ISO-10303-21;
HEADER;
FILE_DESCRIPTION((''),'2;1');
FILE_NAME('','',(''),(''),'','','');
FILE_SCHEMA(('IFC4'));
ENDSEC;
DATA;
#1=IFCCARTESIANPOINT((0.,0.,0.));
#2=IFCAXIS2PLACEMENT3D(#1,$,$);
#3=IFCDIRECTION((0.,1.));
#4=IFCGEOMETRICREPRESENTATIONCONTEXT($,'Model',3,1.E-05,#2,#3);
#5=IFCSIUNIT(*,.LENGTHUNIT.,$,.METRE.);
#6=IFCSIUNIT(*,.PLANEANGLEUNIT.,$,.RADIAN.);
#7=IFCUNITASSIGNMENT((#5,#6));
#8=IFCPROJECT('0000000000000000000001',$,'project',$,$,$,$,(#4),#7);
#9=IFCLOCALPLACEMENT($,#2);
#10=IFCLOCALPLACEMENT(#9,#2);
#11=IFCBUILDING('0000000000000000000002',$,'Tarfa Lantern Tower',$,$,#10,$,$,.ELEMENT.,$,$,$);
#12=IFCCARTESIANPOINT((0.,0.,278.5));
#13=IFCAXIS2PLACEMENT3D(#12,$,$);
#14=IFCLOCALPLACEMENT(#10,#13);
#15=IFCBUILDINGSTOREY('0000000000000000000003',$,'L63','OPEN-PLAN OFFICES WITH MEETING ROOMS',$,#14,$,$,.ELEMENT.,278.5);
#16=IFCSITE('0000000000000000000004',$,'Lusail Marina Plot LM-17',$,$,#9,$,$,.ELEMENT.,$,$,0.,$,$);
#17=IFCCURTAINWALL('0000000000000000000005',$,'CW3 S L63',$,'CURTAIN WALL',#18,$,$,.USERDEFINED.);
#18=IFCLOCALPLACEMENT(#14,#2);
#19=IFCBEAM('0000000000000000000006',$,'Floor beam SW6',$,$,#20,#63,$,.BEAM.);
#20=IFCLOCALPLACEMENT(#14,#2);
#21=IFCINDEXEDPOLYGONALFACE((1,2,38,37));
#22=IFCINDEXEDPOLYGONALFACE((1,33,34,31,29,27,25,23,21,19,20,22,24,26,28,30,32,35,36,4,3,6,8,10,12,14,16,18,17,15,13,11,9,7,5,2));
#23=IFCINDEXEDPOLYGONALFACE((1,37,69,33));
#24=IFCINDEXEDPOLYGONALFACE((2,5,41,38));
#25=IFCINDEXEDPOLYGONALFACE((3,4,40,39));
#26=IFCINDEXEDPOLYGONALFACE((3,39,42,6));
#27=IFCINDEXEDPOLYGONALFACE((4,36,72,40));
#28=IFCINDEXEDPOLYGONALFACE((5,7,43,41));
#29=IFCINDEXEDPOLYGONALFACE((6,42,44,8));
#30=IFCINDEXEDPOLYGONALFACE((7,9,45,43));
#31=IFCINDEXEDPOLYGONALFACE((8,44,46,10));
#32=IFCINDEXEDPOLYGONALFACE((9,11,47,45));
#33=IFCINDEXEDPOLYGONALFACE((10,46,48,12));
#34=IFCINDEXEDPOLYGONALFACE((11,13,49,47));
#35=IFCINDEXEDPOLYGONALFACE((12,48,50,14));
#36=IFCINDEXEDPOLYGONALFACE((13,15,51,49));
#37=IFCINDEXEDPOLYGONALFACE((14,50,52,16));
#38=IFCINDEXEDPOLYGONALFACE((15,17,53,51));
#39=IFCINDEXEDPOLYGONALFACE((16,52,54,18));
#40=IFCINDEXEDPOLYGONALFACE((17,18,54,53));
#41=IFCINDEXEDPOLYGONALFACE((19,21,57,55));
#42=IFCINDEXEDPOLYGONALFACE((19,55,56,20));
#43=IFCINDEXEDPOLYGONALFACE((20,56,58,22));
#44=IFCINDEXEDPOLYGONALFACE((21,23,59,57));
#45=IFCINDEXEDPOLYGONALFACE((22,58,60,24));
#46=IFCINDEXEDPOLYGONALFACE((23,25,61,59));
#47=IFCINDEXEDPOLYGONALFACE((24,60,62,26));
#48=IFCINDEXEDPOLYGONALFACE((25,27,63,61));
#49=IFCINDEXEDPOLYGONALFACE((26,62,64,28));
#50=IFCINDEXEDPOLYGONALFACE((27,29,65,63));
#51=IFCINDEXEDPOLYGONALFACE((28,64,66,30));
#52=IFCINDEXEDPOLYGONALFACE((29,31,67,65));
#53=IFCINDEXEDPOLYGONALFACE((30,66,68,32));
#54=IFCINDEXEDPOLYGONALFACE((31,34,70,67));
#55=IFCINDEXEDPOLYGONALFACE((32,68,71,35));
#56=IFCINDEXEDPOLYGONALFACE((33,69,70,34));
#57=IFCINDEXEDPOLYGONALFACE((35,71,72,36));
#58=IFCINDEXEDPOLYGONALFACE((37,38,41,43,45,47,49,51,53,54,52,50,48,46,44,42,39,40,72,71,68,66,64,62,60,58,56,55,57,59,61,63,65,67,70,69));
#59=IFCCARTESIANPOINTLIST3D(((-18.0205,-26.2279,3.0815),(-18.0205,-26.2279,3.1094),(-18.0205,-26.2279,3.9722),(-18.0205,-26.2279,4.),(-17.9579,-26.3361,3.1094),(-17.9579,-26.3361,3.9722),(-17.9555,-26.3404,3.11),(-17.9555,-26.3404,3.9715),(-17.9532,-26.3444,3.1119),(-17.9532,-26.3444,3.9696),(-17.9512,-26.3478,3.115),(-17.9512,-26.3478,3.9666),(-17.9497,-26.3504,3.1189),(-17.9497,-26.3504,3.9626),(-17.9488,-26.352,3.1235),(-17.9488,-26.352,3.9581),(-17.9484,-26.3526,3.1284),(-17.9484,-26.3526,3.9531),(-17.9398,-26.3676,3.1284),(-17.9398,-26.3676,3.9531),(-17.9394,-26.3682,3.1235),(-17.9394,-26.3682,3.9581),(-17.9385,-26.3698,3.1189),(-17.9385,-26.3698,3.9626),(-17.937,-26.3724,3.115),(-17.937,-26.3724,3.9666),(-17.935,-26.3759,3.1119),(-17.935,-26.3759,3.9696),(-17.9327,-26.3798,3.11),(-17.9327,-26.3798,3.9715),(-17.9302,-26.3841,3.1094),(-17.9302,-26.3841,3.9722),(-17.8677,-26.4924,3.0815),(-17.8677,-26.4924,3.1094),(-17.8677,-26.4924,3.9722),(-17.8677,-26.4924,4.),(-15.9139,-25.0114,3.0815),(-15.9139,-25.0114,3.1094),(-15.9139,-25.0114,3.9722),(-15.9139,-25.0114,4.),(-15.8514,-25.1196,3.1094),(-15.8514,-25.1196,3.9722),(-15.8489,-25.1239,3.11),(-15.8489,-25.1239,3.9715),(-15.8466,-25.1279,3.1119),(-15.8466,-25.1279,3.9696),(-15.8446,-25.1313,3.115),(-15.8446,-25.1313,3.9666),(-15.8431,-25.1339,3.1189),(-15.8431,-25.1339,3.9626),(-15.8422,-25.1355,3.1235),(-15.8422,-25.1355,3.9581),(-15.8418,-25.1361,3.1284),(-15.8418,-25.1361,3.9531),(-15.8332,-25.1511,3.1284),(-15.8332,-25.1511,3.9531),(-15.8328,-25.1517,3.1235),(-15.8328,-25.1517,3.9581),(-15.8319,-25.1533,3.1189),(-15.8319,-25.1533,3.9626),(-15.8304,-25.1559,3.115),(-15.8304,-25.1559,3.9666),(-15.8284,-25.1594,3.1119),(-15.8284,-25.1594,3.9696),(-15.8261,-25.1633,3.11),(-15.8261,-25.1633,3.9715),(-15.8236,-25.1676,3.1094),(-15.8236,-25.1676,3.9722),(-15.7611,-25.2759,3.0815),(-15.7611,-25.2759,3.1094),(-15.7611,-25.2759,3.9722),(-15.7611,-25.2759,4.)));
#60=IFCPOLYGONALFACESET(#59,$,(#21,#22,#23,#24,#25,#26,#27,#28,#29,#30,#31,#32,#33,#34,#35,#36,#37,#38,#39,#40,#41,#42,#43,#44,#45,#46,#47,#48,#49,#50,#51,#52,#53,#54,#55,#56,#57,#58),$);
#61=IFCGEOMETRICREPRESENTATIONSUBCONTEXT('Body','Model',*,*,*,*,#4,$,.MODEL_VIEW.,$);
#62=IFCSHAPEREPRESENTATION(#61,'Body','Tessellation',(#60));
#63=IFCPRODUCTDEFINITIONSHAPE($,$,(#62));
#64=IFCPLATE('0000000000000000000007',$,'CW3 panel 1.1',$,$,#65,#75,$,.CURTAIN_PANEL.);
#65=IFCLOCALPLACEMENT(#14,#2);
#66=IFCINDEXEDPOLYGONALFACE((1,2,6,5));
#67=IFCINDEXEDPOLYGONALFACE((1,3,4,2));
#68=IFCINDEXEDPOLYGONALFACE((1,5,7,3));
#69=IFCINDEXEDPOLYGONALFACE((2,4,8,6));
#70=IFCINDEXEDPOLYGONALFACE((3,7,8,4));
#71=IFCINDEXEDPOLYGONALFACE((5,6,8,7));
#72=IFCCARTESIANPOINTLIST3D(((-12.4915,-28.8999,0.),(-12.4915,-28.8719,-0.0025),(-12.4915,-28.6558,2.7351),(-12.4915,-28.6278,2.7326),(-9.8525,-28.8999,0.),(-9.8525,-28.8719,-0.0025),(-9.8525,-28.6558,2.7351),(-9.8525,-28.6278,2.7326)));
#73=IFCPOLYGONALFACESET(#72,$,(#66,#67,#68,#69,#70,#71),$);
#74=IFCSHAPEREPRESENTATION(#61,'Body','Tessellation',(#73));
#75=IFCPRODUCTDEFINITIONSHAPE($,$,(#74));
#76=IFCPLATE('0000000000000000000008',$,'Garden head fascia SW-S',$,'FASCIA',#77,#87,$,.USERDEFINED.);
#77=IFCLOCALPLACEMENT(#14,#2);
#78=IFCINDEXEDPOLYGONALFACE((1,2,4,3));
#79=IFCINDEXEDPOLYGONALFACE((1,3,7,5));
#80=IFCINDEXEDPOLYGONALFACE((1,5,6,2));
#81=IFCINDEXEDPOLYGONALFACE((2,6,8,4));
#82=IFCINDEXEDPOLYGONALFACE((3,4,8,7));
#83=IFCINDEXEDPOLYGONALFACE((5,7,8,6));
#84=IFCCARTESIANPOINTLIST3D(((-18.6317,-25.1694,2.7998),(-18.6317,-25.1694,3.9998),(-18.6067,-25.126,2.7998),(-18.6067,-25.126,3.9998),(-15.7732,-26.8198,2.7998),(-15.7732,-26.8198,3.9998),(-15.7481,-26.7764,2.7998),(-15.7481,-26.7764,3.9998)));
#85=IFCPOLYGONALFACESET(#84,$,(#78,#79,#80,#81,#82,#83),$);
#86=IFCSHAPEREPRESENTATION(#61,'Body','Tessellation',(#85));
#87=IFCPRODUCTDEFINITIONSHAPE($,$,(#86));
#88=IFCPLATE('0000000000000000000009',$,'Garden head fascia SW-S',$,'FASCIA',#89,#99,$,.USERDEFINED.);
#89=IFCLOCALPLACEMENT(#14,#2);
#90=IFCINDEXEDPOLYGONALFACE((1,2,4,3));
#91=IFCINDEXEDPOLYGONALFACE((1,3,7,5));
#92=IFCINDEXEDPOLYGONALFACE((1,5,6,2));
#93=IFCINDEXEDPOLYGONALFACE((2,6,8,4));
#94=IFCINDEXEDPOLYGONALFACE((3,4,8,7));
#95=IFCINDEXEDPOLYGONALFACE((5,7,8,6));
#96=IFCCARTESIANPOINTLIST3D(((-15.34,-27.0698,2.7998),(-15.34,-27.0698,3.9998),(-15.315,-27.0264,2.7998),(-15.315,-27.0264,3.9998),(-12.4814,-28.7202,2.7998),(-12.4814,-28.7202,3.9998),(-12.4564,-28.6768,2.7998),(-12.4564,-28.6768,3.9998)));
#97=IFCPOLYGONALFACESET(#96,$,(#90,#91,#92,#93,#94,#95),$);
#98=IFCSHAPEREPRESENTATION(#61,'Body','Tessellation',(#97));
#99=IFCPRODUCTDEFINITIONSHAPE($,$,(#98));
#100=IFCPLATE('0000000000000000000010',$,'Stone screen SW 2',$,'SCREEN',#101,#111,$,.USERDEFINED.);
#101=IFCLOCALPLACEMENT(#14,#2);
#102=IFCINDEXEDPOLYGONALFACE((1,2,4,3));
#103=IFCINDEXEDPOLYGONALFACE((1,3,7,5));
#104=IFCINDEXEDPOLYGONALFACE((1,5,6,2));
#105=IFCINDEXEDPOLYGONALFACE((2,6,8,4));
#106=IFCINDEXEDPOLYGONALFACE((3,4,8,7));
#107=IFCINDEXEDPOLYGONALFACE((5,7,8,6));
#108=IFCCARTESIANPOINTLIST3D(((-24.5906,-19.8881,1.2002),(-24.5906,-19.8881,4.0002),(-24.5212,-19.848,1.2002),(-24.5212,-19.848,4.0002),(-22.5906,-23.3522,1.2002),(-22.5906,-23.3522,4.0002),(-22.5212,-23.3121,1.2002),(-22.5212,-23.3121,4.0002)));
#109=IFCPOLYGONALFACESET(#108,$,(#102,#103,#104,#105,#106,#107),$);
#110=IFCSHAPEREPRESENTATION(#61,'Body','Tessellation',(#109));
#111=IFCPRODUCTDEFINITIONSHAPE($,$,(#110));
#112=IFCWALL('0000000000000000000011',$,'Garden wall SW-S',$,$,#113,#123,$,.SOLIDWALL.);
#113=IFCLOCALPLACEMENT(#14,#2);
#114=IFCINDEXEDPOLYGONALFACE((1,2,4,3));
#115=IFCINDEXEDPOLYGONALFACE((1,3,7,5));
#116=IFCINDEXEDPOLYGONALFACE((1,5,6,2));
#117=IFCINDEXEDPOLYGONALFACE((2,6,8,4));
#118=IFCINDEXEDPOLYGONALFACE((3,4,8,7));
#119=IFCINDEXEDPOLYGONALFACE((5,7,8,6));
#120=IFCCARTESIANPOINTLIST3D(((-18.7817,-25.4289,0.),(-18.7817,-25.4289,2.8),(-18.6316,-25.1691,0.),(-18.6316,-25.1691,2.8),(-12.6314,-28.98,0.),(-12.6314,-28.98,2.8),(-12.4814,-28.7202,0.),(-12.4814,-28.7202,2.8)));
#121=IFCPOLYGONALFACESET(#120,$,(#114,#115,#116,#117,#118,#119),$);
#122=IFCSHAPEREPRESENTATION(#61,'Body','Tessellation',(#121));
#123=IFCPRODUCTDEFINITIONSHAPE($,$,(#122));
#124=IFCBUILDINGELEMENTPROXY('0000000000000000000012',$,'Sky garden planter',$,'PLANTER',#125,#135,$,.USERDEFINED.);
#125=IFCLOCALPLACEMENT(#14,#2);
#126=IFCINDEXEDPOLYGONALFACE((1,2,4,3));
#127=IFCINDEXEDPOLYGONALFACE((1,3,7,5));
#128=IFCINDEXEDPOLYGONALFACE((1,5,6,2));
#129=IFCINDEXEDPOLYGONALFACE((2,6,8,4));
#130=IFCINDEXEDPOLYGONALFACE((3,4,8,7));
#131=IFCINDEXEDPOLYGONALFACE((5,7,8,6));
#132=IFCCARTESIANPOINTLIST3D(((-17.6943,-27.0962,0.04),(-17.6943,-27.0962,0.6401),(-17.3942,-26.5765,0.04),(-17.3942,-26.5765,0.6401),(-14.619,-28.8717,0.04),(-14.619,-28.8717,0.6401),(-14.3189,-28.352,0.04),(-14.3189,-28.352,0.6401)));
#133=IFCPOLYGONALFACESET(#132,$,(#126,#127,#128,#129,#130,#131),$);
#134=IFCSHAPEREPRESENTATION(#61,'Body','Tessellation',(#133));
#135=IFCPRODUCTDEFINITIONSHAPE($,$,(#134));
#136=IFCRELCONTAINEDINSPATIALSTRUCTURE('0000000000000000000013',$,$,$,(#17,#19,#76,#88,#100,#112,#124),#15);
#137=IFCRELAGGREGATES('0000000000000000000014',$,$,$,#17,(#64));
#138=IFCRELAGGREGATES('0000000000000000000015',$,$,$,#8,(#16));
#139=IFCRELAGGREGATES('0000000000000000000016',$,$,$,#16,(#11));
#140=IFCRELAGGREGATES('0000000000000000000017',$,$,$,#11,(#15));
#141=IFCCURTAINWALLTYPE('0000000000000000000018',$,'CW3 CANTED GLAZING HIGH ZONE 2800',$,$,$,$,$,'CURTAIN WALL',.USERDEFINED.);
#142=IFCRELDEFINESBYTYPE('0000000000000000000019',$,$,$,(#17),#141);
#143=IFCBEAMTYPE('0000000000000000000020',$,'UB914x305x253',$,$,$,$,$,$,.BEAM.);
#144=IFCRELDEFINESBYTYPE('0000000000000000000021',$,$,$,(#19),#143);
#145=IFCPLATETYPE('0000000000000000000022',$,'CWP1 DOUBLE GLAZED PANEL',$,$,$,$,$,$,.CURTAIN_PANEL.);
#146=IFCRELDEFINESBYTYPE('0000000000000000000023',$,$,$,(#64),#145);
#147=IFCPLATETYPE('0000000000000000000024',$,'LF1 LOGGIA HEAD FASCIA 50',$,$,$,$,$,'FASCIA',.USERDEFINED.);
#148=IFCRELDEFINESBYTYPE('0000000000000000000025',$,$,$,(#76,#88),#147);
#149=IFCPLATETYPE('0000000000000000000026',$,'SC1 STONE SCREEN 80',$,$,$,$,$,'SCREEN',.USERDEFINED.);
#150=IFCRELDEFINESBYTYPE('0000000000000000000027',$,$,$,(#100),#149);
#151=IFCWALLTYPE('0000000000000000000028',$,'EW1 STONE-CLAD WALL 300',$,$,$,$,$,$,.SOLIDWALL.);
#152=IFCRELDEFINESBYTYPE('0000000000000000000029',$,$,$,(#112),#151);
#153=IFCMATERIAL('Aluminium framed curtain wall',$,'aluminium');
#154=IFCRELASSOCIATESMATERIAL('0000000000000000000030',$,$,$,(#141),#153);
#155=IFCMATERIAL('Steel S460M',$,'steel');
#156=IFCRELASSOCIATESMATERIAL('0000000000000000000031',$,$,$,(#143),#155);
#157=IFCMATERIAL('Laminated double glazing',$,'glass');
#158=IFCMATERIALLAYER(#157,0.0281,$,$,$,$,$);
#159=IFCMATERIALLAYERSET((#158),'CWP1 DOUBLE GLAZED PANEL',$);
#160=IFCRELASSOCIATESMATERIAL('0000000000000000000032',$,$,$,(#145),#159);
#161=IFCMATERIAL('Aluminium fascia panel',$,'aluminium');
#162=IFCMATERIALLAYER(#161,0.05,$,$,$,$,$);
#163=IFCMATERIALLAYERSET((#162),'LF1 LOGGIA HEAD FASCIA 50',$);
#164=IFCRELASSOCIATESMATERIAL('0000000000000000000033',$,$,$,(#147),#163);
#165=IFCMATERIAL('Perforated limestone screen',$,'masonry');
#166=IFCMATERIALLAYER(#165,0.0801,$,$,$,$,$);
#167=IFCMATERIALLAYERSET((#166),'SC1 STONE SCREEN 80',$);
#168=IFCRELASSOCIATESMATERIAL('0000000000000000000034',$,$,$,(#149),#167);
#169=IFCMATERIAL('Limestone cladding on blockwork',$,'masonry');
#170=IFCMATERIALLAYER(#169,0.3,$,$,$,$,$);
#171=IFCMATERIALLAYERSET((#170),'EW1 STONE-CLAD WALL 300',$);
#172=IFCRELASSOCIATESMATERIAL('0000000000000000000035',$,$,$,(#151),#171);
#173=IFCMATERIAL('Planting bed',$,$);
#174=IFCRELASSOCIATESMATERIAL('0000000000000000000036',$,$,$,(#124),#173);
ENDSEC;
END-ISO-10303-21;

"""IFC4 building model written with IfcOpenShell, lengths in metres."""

from ifc_helpers import new_model, si_unit, direction, frame, frame_2d, origin, origin_2d, place, context, subcontext, project, spatial, polyline, rectangle, i_section, outline, extrude, material, layer, layer_set, material_profile, profile_set, type_object, element, aggregate, save


model = new_model("IFC4")

# Units and contexts
model_context = context("Model", 3, precision=1e-05, world=origin(), true_north=direction((0.0, 1.0)))
body_context = subcontext(model_context, "Body", "Model", "MODEL_VIEW")
ifc_project = project(units=[si_unit("LENGTHUNIT", "METRE"), si_unit("PLANEANGLEUNIT", "RADIAN")], contexts=[model_context])

# Site, building, storey
site_placement = place(None, origin())
site = spatial("IfcSite", under=ifc_project, at=site_placement, Name="Lusail Marina Plot LM-17", CompositionType="ELEMENT", RefElevation=0.0)
building_placement = place(site_placement, origin())
building = spatial("IfcBuilding", under=site, at=building_placement, Name="Tarfa Lantern Tower", CompositionType="ELEMENT")
storey_placement = place(building_placement, frame((0.0, 0.0, 278.5)))
storey = spatial("IfcBuildingStorey", under=building, at=storey_placement, Name="L63", Description="OPEN-PLAN OFFICES WITH MEETING ROOMS", CompositionType="ELEMENT", Elevation=278.5)

# Curtain wall
ifc_material_1 = material(Name="Aluminium framed curtain wall", Category="aluminium")
curtain_wall_type = type_object("IfcCurtainWallType", Name="CW3 CANTED GLAZING HIGH ZONE 2800", ElementType="CURTAIN WALL", PredefinedType="USERDEFINED", material=ifc_material_1)
curtain_wall_placement = place(storey_placement, origin())
curtain_wall = element("IfcCurtainWall", 1, at=curtain_wall_placement, inside=storey, type_object=curtain_wall_type, Name="CW3 S L63", ObjectType="CURTAIN WALL", PredefinedType="USERDEFINED")

# Beam
ifc_material_2 = material(Name="Steel S460M", Category="steel")
ifc_material_profile_1 = material_profile(ifc_material_2, i_section(OverallWidth=0.3054, OverallDepth=0.9185, WebThickness=0.0173, FlangeThickness=0.0278, FilletRadius=0.019, at=origin_2d()), Name="UB914x305x253")
ifc_profile_set_1 = profile_set([ifc_material_profile_1], Name="Steel S460M")
beam_type_1 = type_object("IfcBeamType", Name="UB914x305x253", PredefinedType="BEAM", material=ifc_profile_set_1)
beam_1_placement = place(storey_placement, frame((-17.9441, -26.3601, 3.5408), z_axis=(0.86598, 0.500079, 0.0), x_axis=(-0.500079, 0.86598, 0.0)))
element("IfcBeam", 2, at=beam_1_placement, inside=storey, type_object=beam_type_1, Name="Floor beam SW6", PredefinedType="BEAM", context=body_context, shape_type="SweptSolid", body=[
    extrude(i_section(OverallWidth=0.3054, OverallDepth=0.9185, WebThickness=0.0173, FlangeThickness=0.0278, FilletRadius=0.019, at=origin_2d()), origin(), (0.0, 0.0, 1.0), 2.4326),
])

# Plate
ifc_material_3 = material(Name="Laminated double glazing", Category="glass")
ifc_layer_1 = layer(ifc_material_3, 0.0281)
ifc_layer_set_1 = layer_set([ifc_layer_1], Name="CWP1 DOUBLE GLAZED PANEL")
plate_type_1 = type_object("IfcPlateType", Name="CWP1 DOUBLE GLAZED PANEL", PredefinedType="CURTAIN_PANEL", material=ifc_layer_set_1)
plate_1_placement = place(storey_placement, frame((-12.4915, -28.8999, 0.0), z_axis=(0.0, -0.99604, 0.088908), x_axis=(1.0, 0.0, 0.0)))
plate_1 = element("IfcPlate", 3, at=plate_1_placement, type_object=plate_type_1, Name="CW3 panel 1.1", PredefinedType="CURTAIN_PANEL", context=body_context, shape_type="SweptSolid", body=[
    extrude(outline(polyline([(0.0, 0.0), (2.6389, 0.0), (2.6389, 2.746), (0.0, 2.746), (0.0, 0.0)])), origin(), (0.0, 0.0, -1.0), 0.0281),
])
aggregate(curtain_wall, [plate_1])

# Plates
ifc_material_4 = material(Name="Aluminium fascia panel", Category="aluminium")
ifc_layer_2 = layer(ifc_material_4, 0.05)
ifc_layer_set_2 = layer_set([ifc_layer_2], Name="LF1 LOGGIA HEAD FASCIA 50")
plate_type_2 = type_object("IfcPlateType", Name="LF1 LOGGIA HEAD FASCIA 50", ElementType="FASCIA", PredefinedType="USERDEFINED", material=ifc_layer_set_2)
for number, where, z_axis, x_axis, name in (
    (4, (-17.1899, -25.9729, 2.7998), (0.0, 0.0, 1.0), (0.866025, -0.5, 0.0), "Garden head fascia SW-S"),
    (5, (-13.8982, -27.8733, 2.7998), (0.0, 0.0, 1.0), (0.866025, -0.5, 0.0), "Garden head fascia SW-S"),
):
    element("IfcPlate", number, at=place(storey_placement, frame(where, z_axis=z_axis, x_axis=x_axis)), inside=storey, type_object=plate_type_2, Name=name, ObjectType="FASCIA", PredefinedType="USERDEFINED", context=body_context, shape_type="SweptSolid", body=[
        extrude(rectangle(XDim=3.3008, YDim=0.05, at=origin_2d()), origin(), (0.0, 0.0, 1.0), 1.2),
    ])
ifc_material_5 = material(Name="Perforated limestone screen", Category="masonry")
ifc_layer_3 = layer(ifc_material_5, 0.0801)
ifc_layer_set_3 = layer_set([ifc_layer_3], Name="SC1 STONE SCREEN 80")
plate_type_3 = type_object("IfcPlateType", Name="SC1 STONE SCREEN 80", ElementType="SCREEN", PredefinedType="USERDEFINED", material=ifc_layer_set_3)
plate_2_placement = place(storey_placement, frame((-23.5559, -21.6001, 1.2002), z_axis=(0.0, 0.0, 1.0), x_axis=(0.5, -0.866025, 0.0)))
element("IfcPlate", 6, at=plate_2_placement, inside=storey, type_object=plate_type_3, Name="Stone screen SW 2", ObjectType="SCREEN", PredefinedType="USERDEFINED", context=body_context, shape_type="SweptSolid", body=[
    extrude(rectangle(XDim=4.0, YDim=0.0801, at=origin_2d()), origin(), (0.0, 0.0, 1.0), 2.8),
])

# Wall
ifc_material_6 = material(Name="Limestone cladding on blockwork", Category="masonry")
ifc_layer_4 = layer(ifc_material_6, 0.3)
ifc_layer_set_4 = layer_set([ifc_layer_4], Name="EW1 STONE-CLAD WALL 300")
wall_type = type_object("IfcWallType", Name="EW1 STONE-CLAD WALL 300", PredefinedType="SOLIDWALL", material=ifc_layer_set_4)
wall_placement = place(storey_placement, frame((-18.7065, -25.2991, 0.0), z_axis=(0.0, 0.0, 1.0), x_axis=(0.866011, -0.500025, 0.0)))
element("IfcWall", 7, at=wall_placement, inside=storey, type_object=wall_type, Name="Garden wall SW-S", PredefinedType="SOLIDWALL", context=body_context, shape_type="SweptSolid", body=[
    extrude(rectangle(XDim=7.1018, YDim=0.3, at=frame_2d((3.5508, 0.0))), origin(), (0.0, 0.0, 1.0), 2.8),
])

# Building element proxy
ifc_material_7 = material(Name="Planting bed")
proxy_placement = place(storey_placement, frame((-16.0066, -27.7241, 0.04), z_axis=(0.0, 0.0, 1.0), x_axis=(0.866025, -0.5, 0.0)))
element("IfcBuildingElementProxy", 8, at=proxy_placement, inside=storey, material=ifc_material_7, Name="Sky garden planter", ObjectType="PLANTER", PredefinedType="USERDEFINED", context=body_context, shape_type="SweptSolid", body=[
    extrude(rectangle(XDim=3.551, YDim=0.6001, at=origin_2d()), origin(), (0.0, 0.0, 1.0), 0.6001),
])

save(model, "model.ifc")
